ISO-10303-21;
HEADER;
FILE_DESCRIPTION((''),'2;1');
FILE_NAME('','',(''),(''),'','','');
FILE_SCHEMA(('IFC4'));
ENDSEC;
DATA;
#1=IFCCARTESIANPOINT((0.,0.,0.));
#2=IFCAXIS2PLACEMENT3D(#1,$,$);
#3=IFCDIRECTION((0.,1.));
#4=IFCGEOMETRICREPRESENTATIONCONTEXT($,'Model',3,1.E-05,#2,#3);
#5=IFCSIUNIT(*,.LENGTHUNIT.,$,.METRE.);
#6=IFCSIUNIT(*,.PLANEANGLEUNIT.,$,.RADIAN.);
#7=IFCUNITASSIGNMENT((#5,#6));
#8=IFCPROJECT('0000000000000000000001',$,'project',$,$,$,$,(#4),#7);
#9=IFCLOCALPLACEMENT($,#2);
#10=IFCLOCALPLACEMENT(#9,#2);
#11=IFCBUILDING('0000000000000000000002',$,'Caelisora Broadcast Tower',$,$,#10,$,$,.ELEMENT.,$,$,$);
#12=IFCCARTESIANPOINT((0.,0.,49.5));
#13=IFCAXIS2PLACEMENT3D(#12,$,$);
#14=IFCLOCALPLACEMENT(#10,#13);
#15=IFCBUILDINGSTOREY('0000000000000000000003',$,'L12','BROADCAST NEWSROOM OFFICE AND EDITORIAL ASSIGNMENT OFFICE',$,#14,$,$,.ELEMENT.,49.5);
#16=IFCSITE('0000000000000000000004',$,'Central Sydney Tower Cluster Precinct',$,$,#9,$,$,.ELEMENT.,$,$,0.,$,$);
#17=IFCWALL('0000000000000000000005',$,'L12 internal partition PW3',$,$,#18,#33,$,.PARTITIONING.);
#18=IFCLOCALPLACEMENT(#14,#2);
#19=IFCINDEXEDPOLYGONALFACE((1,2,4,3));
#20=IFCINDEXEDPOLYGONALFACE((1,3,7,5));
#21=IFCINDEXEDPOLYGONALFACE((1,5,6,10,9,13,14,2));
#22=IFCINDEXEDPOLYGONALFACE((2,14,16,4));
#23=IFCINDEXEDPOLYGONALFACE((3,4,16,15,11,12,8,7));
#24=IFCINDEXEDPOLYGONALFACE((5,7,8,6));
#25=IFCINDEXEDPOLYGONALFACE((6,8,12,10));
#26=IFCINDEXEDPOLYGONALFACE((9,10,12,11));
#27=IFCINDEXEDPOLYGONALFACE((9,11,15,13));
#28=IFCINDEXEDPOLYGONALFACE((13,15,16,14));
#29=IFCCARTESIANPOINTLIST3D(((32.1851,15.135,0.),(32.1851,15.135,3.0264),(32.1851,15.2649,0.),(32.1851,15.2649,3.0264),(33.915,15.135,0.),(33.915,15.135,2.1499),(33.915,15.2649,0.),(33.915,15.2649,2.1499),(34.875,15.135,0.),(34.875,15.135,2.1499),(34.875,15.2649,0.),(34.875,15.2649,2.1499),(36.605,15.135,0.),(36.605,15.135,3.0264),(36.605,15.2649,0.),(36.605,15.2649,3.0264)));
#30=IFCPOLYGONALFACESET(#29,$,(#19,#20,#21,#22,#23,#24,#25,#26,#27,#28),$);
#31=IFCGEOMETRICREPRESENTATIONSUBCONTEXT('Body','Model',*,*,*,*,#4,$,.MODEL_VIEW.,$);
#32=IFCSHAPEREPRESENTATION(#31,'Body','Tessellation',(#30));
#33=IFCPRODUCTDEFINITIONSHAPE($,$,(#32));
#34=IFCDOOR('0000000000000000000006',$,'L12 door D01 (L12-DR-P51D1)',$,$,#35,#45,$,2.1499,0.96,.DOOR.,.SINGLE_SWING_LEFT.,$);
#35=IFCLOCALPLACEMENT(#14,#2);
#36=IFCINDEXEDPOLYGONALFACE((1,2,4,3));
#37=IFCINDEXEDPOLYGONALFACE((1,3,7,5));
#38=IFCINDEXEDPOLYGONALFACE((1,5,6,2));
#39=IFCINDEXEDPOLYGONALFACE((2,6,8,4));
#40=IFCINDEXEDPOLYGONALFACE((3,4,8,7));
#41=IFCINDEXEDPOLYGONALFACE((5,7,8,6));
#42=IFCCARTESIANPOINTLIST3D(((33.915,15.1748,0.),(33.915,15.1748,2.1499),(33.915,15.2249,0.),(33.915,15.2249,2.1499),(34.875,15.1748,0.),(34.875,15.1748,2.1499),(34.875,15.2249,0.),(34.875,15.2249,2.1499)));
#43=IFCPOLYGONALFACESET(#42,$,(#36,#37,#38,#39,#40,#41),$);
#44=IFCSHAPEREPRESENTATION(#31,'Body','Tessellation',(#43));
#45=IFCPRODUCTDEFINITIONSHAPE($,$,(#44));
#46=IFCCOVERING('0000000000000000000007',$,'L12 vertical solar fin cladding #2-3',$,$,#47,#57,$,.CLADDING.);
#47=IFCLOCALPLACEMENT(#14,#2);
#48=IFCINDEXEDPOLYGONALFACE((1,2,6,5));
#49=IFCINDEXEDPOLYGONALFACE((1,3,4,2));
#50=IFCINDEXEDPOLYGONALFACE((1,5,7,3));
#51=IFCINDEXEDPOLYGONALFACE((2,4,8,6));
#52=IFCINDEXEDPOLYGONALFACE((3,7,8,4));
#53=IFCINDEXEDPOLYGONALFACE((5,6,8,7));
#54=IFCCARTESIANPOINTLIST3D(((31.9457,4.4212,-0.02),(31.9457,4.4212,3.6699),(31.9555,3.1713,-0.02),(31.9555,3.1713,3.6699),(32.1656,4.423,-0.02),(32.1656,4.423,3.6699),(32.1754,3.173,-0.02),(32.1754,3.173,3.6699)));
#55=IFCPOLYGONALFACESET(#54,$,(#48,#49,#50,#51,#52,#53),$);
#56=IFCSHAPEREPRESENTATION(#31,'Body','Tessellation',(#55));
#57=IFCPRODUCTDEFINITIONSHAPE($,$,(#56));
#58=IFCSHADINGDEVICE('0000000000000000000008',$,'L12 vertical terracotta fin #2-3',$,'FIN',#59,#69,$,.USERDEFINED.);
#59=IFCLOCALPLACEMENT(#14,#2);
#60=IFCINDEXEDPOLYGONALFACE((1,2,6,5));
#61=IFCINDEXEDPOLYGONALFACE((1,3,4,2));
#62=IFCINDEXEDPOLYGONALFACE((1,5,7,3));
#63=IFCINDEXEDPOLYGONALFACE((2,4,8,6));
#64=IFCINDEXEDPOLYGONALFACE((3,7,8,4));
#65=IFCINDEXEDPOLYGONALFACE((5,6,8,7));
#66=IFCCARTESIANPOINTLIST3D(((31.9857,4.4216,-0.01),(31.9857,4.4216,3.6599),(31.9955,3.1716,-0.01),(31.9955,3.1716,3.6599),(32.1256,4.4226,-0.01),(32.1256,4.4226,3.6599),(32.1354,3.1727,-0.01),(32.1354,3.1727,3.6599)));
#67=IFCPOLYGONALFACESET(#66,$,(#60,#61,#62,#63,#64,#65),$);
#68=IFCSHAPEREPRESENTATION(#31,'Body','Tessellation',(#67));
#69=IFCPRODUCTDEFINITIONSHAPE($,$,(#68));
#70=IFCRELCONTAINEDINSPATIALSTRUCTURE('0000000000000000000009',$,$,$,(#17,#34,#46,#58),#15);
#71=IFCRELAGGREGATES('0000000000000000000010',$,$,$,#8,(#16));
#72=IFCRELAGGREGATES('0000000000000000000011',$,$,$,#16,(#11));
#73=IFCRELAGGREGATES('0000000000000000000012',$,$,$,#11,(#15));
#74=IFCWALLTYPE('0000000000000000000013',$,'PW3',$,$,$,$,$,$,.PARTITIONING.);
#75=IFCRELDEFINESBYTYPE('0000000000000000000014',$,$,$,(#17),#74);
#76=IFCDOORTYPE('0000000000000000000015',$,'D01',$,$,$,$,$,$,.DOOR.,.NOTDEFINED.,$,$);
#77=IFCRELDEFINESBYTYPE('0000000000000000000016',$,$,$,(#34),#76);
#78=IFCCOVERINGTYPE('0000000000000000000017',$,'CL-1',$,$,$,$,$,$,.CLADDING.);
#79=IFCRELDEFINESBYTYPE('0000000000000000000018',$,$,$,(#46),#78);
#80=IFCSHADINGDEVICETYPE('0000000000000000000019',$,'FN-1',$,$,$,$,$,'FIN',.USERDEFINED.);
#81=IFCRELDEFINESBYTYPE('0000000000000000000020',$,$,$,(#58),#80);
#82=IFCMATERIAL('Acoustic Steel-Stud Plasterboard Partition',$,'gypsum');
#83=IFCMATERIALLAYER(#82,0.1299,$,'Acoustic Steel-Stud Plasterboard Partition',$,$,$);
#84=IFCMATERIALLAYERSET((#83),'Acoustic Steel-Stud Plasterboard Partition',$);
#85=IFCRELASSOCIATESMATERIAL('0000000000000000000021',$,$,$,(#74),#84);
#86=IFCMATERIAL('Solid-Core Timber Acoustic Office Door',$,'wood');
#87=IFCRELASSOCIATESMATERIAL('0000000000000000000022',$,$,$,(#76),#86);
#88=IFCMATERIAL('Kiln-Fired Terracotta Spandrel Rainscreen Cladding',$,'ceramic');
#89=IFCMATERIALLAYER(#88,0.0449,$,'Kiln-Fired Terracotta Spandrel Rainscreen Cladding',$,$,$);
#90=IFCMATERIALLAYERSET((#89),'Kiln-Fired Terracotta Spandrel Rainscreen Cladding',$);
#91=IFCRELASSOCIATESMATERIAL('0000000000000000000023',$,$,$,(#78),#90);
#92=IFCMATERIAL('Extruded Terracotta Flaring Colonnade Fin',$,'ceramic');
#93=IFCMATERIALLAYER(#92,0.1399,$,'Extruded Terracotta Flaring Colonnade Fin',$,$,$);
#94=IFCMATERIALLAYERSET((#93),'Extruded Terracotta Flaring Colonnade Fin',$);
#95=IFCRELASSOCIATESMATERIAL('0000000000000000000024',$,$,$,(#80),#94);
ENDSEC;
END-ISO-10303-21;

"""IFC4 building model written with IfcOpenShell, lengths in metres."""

from ifc_helpers import new_model, si_unit, direction, frame, frame_2d, origin, origin_2d, place, context, subcontext, project, spatial, rectangle, extrude, source, transform, mapped, material, layer, layer_set, type_object, type_shapes, element, fill, save


model = new_model("IFC4")

# Units and contexts
model_context = context("Model", 3, precision=1e-05, world=origin(), true_north=direction((0.0, 1.0)))
body_context = subcontext(model_context, "Body", "Model", "MODEL_VIEW")
ifc_project = project(units=[si_unit("LENGTHUNIT", "METRE"), si_unit("PLANEANGLEUNIT", "RADIAN")], contexts=[model_context])

# Site, building, storey
site_placement = place(None, origin())
site = spatial("IfcSite", under=ifc_project, at=site_placement, Name="Central Sydney Tower Cluster Precinct", CompositionType="ELEMENT", RefElevation=0.0)
building_placement = place(site_placement, origin())
building = spatial("IfcBuilding", under=site, at=building_placement, Name="Caelisora Broadcast Tower", CompositionType="ELEMENT")
storey_placement = place(building_placement, frame((0.0, 0.0, 49.5)))
storey = spatial("IfcBuildingStorey", under=building, at=storey_placement, Name="L12", Description="BROADCAST NEWSROOM OFFICE AND EDITORIAL ASSIGNMENT OFFICE", CompositionType="ELEMENT", Elevation=49.5)

# Shared definitions
ifc_material_1 = material(Name="Acoustic Steel-Stud Plasterboard Partition", Category="gypsum")
ifc_layer_1 = layer(ifc_material_1, 0.1299, Name="Acoustic Steel-Stud Plasterboard Partition")
ifc_layer_set_1 = layer_set([ifc_layer_1], Name="Acoustic Steel-Stud Plasterboard Partition")
wall_type = type_object("IfcWallType", Name="PW3", PredefinedType="PARTITIONING", material=ifc_layer_set_1)

# Wall, opening, door
wall_1_placement = place(storey_placement, frame((32.1851, 15.2, 0.0), z_axis=(0.0, 0.0, 1.0), x_axis=(1.0, 0.0, 0.0)))
wall_1 = element("IfcWall", 1, at=wall_1_placement, inside=storey, type_object=wall_type, Name="L12 internal partition PW3", PredefinedType="PARTITIONING", context=body_context, shape_type="SweptSolid", body=[
    extrude(rectangle(XDim=4.4199, YDim=0.1299, at=frame_2d((2.21, 0.0))), origin(), (0.0, 0.0, 1.0), 3.0264),
])
opening_placement = place(wall_1_placement, frame((1.73, 0.0, 0.0)))
opening = element("IfcOpeningElement", 2, at=opening_placement, cuts=wall_1, PredefinedType="OPENING", context=body_context, shape_type="SweptSolid", body=[
    extrude(rectangle(XDim=0.96, YDim=2.1499, at=frame_2d((0.48, 1.075))), frame((0.0, 0.0769, 0.0), z_axis=(0.0, -1.0, 0.0), x_axis=(1.0, 0.0, 0.0)), (0.0, 0.0, 1.0), 0.1538),
])
ifc_material_2 = material(Name="Solid-Core Timber Acoustic Office Door", Category="wood")
door_type = type_object("IfcDoorType", Name="D01", OperationType="NOTDEFINED", PredefinedType="DOOR", material=ifc_material_2)
door_placement = place(opening_placement, origin())
door = element("IfcDoor", 3, at=door_placement, inside=storey, type_object=door_type, Name="L12 door D01 (L12-DR-P51D1)", OperationType="SINGLE_SWING_LEFT", OverallHeight=2.1499, OverallWidth=0.96, PredefinedType="DOOR", context=body_context, shape_type="SweptSolid", body=[
    extrude(rectangle(XDim=0.96, YDim=2.1499, at=frame_2d((0.48, 1.075))), frame((0.0, 0.0249, 0.0), z_axis=(0.0, -1.0, 0.0), x_axis=(1.0, 0.0, 0.0)), (0.0, 0.0, 1.0), 0.05),
])
fill(opening, door)

# Covering
ifc_material_3 = material(Name="Kiln-Fired Terracotta Spandrel Rainscreen Cladding", Category="ceramic")
ifc_layer_2 = layer(ifc_material_3, 0.0449, Name="Kiln-Fired Terracotta Spandrel Rainscreen Cladding")
ifc_layer_set_2 = layer_set([ifc_layer_2], Name="Kiln-Fired Terracotta Spandrel Rainscreen Cladding")
covering_type = type_object("IfcCoveringType", Name="CL-1", PredefinedType="CLADDING", material=ifc_layer_set_2)
shared_shape_1 = source(origin(), body_context, "Body", "SweptSolid", [
    extrude(rectangle(XDim=0.22, YDim=1.25, at=origin_2d()), origin(), (0.0, 0.0, 1.0), 3.6899),
])
type_shapes(covering_type, [shared_shape_1])
covering_placement = place(storey_placement, frame((32.0605, 3.7971, -0.02), z_axis=(0.0, 0.0, 1.0), x_axis=(-0.999969, -0.007854, 0.0)))
element("IfcCovering", 4, at=covering_placement, inside=storey, type_object=covering_type, Name="L12 vertical solar fin cladding #2-3", PredefinedType="CLADDING", context=body_context, shape_type="MappedRepresentation", body=[
    mapped(shared_shape_1, transform((0.0, 0.0, 0.0), scale=1.0)),
])

# Shading device
ifc_material_4 = material(Name="Extruded Terracotta Flaring Colonnade Fin", Category="ceramic")
ifc_layer_3 = layer(ifc_material_4, 0.1399, Name="Extruded Terracotta Flaring Colonnade Fin")
ifc_layer_set_3 = layer_set([ifc_layer_3], Name="Extruded Terracotta Flaring Colonnade Fin")
shading_device_type = type_object("IfcShadingDeviceType", Name="FN-1", ElementType="FIN", PredefinedType="USERDEFINED", material=ifc_layer_set_3)
shared_shape_2 = source(origin(), body_context, "Body", "SweptSolid", [
    extrude(rectangle(XDim=0.1399, YDim=1.25, at=origin_2d()), origin(), (0.0, 0.0, 1.0), 3.6699),
])
type_shapes(shading_device_type, [shared_shape_2])
shading_device_placement = place(storey_placement, frame((32.0605, 3.7971, -0.01), z_axis=(0.0, 0.0, 1.0), x_axis=(-0.999969, -0.007854, 0.0)))
element("IfcShadingDevice", 5, at=shading_device_placement, inside=storey, type_object=shading_device_type, Name="L12 vertical terracotta fin #2-3", ObjectType="FIN", PredefinedType="USERDEFINED", context=body_context, shape_type="MappedRepresentation", body=[
    mapped(shared_shape_2, transform((0.0, 0.0, 0.0), scale=1.0)),
])

save(model, "model.ifc")
